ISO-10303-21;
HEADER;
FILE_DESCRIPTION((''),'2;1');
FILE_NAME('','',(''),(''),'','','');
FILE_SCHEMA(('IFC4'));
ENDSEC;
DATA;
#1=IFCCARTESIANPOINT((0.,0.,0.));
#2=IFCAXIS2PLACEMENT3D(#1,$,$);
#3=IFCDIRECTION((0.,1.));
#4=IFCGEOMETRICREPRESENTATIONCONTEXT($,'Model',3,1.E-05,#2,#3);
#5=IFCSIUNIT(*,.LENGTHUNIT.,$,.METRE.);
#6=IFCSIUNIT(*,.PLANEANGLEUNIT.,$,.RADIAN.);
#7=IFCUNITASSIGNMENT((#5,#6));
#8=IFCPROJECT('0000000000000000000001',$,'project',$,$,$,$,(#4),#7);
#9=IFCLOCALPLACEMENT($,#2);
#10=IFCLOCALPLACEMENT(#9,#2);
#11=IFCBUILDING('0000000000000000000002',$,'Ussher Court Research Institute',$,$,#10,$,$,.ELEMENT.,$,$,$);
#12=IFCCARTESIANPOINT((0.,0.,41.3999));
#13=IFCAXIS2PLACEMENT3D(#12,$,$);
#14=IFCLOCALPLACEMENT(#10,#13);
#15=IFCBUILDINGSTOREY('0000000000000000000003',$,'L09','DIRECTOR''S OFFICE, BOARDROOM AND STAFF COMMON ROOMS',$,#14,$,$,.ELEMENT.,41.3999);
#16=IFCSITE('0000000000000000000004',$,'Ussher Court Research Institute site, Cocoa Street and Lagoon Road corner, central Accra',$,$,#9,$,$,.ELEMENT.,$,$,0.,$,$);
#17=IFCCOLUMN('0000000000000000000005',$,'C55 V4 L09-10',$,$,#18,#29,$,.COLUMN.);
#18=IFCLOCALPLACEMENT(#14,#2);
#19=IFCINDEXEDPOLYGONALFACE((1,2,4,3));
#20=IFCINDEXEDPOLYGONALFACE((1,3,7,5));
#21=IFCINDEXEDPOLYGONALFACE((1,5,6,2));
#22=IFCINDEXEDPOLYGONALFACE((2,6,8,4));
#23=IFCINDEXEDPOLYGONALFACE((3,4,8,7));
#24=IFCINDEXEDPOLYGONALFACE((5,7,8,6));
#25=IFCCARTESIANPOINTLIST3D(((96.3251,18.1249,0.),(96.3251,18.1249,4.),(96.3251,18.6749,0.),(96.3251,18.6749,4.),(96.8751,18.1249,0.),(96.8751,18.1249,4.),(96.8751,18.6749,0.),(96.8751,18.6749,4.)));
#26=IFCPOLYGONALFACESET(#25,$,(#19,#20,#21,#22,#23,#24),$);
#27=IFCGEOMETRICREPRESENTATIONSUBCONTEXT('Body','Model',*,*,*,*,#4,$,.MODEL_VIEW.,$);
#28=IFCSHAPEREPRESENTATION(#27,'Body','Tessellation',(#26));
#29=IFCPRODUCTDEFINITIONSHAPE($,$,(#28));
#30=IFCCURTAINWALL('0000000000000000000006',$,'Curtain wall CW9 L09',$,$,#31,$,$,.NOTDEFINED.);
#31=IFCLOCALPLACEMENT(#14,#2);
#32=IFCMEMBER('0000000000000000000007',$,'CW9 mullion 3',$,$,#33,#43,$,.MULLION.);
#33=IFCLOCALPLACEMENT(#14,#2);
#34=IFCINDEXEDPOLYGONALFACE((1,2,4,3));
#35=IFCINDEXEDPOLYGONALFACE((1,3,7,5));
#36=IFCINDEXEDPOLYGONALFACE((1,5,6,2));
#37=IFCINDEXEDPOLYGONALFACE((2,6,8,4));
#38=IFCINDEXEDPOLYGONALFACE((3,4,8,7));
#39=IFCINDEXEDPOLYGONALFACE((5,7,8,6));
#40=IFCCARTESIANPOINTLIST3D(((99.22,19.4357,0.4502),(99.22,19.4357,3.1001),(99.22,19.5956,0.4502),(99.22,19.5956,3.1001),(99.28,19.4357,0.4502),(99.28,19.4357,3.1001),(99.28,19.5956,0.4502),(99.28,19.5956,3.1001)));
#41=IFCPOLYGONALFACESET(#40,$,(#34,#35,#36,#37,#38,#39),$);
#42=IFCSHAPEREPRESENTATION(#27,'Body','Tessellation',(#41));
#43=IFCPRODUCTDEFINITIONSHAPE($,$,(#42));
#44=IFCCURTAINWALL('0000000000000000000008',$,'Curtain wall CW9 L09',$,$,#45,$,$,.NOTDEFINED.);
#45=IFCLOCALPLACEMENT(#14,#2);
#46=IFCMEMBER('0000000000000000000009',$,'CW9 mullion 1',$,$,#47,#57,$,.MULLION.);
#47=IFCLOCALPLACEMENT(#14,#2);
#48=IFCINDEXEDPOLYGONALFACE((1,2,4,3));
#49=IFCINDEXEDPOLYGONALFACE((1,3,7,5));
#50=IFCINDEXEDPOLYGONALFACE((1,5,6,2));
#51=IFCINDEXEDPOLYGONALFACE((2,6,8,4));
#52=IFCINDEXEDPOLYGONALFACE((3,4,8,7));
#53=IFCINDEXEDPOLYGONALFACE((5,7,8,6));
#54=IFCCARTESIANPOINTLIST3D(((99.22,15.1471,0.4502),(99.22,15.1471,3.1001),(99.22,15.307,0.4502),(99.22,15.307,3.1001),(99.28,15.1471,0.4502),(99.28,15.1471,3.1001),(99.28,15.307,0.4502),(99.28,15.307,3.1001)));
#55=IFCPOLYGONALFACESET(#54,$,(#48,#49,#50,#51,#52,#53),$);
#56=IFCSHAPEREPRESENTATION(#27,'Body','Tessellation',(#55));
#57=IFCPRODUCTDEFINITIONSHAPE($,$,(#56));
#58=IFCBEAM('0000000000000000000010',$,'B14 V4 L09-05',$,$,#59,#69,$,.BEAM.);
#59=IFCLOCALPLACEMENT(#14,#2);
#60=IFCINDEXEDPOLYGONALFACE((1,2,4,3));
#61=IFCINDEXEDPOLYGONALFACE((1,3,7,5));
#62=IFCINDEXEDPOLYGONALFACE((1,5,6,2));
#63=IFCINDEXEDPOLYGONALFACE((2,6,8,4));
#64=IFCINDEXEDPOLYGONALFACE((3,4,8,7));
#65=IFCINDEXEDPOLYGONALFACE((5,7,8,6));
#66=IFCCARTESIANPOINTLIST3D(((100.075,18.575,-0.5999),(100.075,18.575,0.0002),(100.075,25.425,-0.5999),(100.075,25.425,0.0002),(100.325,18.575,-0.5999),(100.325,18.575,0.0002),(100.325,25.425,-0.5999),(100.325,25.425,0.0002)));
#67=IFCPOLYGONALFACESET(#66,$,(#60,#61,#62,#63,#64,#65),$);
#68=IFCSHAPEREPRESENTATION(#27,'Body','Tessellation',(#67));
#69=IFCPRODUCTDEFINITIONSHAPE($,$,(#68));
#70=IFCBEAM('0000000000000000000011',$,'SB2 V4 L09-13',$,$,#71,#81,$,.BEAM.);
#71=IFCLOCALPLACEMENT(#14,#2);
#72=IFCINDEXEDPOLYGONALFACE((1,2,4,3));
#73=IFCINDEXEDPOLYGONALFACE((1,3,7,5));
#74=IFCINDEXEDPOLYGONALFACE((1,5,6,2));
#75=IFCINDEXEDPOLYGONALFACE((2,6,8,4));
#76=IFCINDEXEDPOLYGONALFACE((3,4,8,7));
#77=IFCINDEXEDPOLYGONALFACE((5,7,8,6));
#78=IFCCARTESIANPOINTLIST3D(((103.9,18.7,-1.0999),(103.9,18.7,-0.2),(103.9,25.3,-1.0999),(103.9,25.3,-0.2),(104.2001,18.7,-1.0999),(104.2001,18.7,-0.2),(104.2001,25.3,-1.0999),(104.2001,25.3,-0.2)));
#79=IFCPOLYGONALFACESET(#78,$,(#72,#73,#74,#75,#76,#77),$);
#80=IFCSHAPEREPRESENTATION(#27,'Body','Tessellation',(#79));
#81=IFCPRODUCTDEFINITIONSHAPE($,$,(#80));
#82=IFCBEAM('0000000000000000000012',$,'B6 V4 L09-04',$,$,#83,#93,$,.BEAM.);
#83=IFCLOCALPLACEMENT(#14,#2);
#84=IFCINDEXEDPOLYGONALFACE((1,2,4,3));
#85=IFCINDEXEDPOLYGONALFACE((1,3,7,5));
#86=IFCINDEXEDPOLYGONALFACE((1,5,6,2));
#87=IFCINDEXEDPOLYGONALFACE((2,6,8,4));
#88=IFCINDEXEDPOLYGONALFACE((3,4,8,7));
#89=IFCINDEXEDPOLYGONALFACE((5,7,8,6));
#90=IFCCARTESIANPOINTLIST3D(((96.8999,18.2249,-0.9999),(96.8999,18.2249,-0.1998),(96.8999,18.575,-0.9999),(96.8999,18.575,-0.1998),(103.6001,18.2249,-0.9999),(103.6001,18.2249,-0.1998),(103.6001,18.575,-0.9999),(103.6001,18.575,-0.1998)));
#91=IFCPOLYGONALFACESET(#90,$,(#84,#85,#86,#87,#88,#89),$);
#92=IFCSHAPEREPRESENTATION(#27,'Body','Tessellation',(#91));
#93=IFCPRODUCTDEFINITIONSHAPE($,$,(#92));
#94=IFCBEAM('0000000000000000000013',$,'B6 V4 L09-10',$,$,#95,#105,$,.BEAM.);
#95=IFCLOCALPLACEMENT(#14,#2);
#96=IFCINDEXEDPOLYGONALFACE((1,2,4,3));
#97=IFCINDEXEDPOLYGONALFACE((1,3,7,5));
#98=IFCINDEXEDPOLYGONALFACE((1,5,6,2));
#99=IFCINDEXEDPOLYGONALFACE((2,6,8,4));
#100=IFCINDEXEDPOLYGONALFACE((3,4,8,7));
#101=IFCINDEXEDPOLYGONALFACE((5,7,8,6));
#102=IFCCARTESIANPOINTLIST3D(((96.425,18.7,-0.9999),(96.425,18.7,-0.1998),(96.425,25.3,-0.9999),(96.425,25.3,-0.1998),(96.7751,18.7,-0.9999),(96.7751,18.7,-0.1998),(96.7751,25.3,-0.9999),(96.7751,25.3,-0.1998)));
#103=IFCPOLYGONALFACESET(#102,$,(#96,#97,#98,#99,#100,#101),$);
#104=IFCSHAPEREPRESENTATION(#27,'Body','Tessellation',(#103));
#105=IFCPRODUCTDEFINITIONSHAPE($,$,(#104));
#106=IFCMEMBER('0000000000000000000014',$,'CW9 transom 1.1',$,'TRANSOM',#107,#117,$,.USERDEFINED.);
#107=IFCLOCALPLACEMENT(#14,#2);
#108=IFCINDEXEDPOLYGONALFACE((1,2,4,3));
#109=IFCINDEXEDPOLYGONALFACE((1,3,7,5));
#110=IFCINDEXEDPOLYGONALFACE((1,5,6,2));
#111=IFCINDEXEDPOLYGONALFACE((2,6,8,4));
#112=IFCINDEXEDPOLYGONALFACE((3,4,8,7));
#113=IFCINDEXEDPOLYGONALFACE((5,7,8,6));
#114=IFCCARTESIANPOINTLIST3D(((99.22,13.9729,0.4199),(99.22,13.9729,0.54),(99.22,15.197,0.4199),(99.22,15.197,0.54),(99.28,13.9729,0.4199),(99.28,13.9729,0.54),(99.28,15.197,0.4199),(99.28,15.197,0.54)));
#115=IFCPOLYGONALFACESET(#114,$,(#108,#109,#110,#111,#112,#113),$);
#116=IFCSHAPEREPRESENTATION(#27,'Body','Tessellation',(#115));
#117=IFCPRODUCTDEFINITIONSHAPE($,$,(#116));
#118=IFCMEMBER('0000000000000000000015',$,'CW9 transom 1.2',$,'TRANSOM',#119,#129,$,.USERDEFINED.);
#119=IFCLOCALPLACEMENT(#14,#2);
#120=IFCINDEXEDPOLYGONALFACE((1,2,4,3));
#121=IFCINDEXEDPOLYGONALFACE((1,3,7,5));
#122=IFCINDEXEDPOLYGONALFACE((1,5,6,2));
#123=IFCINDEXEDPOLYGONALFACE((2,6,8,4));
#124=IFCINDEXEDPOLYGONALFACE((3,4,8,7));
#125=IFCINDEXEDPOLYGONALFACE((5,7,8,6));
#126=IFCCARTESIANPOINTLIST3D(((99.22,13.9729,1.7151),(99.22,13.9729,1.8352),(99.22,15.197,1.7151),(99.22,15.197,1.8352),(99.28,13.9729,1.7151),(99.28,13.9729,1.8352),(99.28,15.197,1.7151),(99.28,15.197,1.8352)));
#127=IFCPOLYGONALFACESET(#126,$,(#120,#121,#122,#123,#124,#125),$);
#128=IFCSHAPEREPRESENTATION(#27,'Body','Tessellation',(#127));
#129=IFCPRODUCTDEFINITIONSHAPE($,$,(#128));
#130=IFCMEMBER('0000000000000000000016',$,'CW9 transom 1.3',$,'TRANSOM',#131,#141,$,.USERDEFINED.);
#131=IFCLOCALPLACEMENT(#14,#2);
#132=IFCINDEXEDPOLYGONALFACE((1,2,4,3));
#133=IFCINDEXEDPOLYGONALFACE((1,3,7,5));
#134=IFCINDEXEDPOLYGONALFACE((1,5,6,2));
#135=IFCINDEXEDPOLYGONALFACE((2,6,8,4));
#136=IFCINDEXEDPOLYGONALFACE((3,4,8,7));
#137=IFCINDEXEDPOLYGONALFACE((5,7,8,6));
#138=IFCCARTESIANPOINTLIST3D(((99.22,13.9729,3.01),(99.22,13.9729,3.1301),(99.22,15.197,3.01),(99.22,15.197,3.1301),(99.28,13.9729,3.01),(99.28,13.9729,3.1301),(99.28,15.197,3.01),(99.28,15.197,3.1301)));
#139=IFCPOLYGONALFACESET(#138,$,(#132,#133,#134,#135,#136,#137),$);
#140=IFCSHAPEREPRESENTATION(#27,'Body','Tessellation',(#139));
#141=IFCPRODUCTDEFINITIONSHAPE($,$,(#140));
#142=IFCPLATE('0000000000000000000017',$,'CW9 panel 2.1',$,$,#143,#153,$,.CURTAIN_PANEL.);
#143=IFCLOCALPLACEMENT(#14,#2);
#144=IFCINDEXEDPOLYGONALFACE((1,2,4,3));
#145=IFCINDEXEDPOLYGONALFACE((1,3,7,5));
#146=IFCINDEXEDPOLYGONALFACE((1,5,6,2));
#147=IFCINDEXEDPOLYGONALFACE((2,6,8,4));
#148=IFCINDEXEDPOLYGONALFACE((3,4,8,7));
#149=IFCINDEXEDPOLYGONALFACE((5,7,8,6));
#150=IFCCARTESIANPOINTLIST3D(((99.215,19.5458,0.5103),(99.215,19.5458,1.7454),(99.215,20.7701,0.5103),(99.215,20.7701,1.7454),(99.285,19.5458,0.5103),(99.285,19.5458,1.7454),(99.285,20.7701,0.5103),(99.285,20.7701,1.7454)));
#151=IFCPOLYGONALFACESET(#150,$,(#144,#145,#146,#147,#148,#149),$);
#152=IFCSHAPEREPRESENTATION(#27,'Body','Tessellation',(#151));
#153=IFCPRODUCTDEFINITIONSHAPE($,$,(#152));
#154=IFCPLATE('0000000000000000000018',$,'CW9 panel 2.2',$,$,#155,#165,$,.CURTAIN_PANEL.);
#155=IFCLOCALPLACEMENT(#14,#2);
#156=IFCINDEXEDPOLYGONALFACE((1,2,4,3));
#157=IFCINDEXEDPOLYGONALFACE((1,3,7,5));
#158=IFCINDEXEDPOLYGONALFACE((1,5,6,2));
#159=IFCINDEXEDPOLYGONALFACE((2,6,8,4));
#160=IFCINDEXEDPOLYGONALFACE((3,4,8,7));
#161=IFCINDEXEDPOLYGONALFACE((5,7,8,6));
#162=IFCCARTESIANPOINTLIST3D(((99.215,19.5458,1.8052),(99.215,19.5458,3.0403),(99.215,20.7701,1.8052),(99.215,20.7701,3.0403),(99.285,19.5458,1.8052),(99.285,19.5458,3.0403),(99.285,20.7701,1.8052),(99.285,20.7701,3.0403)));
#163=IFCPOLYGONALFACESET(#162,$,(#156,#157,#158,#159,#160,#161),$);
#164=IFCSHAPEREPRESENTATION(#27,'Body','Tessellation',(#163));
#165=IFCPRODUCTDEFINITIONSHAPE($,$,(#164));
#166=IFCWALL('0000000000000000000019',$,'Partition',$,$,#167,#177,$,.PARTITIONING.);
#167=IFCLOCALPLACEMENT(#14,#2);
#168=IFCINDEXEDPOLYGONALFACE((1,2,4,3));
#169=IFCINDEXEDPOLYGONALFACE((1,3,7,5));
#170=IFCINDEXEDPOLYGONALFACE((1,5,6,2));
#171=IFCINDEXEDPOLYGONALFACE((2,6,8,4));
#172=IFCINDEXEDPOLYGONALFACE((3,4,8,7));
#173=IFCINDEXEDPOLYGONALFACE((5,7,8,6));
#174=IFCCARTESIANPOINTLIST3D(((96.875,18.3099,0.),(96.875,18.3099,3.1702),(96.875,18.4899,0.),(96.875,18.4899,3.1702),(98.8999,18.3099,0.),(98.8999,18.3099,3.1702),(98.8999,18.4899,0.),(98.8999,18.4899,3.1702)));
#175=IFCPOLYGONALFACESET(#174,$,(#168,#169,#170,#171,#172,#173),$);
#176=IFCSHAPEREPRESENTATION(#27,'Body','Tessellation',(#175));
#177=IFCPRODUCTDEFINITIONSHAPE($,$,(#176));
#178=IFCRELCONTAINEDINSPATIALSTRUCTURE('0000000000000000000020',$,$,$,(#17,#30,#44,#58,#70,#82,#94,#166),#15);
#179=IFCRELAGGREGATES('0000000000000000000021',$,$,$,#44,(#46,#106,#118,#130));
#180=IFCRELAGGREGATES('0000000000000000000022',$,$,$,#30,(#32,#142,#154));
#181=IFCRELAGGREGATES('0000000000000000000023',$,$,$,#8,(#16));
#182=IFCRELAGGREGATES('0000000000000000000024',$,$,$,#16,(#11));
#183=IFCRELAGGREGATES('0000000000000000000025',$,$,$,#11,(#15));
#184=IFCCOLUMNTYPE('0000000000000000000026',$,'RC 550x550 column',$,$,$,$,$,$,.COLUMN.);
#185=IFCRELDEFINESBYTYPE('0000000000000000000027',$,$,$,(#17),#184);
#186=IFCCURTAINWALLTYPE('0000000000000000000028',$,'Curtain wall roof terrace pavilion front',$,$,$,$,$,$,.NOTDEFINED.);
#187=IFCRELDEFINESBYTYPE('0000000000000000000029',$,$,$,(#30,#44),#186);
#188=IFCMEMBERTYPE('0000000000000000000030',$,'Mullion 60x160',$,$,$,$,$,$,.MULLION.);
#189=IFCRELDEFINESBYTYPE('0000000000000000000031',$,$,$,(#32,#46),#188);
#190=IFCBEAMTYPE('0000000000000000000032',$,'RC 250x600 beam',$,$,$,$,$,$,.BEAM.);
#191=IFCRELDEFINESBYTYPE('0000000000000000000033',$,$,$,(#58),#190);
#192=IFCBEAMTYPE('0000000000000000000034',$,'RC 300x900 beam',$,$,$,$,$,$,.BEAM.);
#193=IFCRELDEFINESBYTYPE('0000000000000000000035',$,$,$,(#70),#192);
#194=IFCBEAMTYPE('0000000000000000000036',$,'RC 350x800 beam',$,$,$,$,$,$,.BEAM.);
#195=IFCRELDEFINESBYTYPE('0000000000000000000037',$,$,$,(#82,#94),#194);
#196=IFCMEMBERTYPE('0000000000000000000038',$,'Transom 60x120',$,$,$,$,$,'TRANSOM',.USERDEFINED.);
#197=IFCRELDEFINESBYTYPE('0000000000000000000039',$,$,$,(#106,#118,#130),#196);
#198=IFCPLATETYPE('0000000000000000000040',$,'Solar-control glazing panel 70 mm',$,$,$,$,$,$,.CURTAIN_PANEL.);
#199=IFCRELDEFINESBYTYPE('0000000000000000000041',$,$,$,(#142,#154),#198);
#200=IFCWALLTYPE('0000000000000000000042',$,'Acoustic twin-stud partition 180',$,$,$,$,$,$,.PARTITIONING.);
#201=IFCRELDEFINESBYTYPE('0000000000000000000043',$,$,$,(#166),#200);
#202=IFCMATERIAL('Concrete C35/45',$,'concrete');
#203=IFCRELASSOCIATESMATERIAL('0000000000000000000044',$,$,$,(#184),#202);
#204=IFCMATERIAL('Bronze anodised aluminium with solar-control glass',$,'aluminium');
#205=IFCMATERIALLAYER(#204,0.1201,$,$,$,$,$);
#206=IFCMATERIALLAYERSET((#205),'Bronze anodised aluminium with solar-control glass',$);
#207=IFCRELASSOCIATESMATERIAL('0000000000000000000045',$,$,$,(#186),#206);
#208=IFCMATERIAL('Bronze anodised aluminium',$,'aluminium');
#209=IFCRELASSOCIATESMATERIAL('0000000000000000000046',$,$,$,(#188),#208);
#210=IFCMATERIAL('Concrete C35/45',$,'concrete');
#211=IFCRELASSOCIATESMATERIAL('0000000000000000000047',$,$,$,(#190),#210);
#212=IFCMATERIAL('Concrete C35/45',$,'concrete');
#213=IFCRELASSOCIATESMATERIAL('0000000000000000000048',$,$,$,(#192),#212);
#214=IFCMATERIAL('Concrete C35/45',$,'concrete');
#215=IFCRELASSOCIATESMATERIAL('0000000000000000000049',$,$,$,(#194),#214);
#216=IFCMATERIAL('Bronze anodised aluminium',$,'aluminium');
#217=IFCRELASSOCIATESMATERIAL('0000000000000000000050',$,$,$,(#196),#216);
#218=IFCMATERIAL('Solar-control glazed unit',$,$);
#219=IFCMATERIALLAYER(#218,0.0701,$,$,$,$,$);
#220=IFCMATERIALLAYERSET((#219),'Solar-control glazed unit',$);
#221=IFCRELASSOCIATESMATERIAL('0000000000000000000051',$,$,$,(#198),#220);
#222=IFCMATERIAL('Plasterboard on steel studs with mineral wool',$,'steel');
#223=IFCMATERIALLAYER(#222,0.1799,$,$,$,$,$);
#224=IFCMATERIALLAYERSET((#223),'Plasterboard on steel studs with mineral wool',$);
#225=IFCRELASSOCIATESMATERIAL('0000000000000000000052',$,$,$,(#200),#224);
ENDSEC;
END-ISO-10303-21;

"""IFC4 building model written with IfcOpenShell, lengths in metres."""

from ifc_helpers import new_model, si_unit, direction, frame, frame_2d, origin, origin_2d, place, context, subcontext, project, spatial, rectangle, extrude, material, layer, layer_set, material_profile, profile_set, type_object, element, aggregate, save


model = new_model("IFC4")

# Units and contexts
model_context = context("Model", 3, precision=1e-05, world=origin(), true_north=direction((0.0, 1.0)))
body_context = subcontext(model_context, "Body", "Model", "MODEL_VIEW")
ifc_project = project(units=[si_unit("LENGTHUNIT", "METRE"), si_unit("PLANEANGLEUNIT", "RADIAN")], contexts=[model_context])

# Site, building, storey
site_placement = place(None, origin())
site = spatial("IfcSite", under=ifc_project, at=site_placement, Name="Ussher Court Research Institute site, Cocoa Street and Lagoon Road corner, central Accra", CompositionType="ELEMENT", RefElevation=0.0)
building_placement = place(site_placement, origin())
building = spatial("IfcBuilding", under=site, at=building_placement, Name="Ussher Court Research Institute", CompositionType="ELEMENT")
storey_placement = place(building_placement, frame((0.0, 0.0, 41.3999)))
storey = spatial("IfcBuildingStorey", under=building, at=storey_placement, Name="L09", Description="DIRECTOR'S OFFICE, BOARDROOM AND STAFF COMMON ROOMS", CompositionType="ELEMENT", Elevation=41.3999)

# Column
ifc_material_1 = material(Name="Concrete C35/45", Category="concrete")
ifc_material_profile_1 = material_profile(ifc_material_1, rectangle(XDim=0.55, YDim=0.55, at=origin_2d()), Name="RC 550x550")
ifc_profile_set_1 = profile_set([ifc_material_profile_1], Name="Concrete C35/45")
column_type = type_object("IfcColumnType", Name="RC 550x550 column", PredefinedType="COLUMN", material=ifc_profile_set_1)
column_placement = place(storey_placement, frame((96.6001, 18.3999, 0.0), z_axis=(0.0, 0.0, 1.0), x_axis=(1.0, 0.0, 0.0)))
element("IfcColumn", 1, at=column_placement, inside=storey, type_object=column_type, Name="C55 V4 L09-10", PredefinedType="COLUMN", context=body_context, shape_type="SweptSolid", body=[
    extrude(rectangle(XDim=0.55, YDim=0.55, at=origin_2d()), origin(), (0.0, 0.0, 1.0), 4.0),
])

# Curtain walls, members
ifc_material_2 = material(Name="Bronze anodised aluminium with solar-control glass", Category="aluminium")
ifc_layer_1 = layer(ifc_material_2, 0.1201)
ifc_layer_set_1 = layer_set([ifc_layer_1], Name="Bronze anodised aluminium with solar-control glass")
curtain_wall_type = type_object("IfcCurtainWallType", Name="Curtain wall roof terrace pavilion front", PredefinedType="NOTDEFINED", material=ifc_layer_set_1)
curtain_wall_1_placement = place(storey_placement, origin())
curtain_wall_1 = element("IfcCurtainWall", 2, at=curtain_wall_1_placement, inside=storey, type_object=curtain_wall_type, Name="Curtain wall CW9 L09", PredefinedType="NOTDEFINED")
ifc_material_3 = material(Name="Bronze anodised aluminium", Category="aluminium")
ifc_material_profile_2 = material_profile(ifc_material_3, rectangle(XDim=0.0601, YDim=0.1599, at=origin_2d()), Name="Mullion 60x160")
ifc_profile_set_2 = profile_set([ifc_material_profile_2], Name="Bronze anodised aluminium")
member_type_1 = type_object("IfcMemberType", Name="Mullion 60x160", PredefinedType="MULLION", material=ifc_profile_set_2)
member_1_placement = place(storey_placement, frame((99.25, 19.5156, 0.4502), z_axis=(0.0, 0.0, 1.0), x_axis=(1.0, 0.0, 0.0)))
member_1 = element("IfcMember", 3, at=member_1_placement, type_object=member_type_1, Name="CW9 mullion 3", PredefinedType="MULLION", context=body_context, shape_type="SweptSolid", body=[
    extrude(rectangle(XDim=0.0601, YDim=0.1599, at=origin_2d()), origin(), (0.0, 0.0, 1.0), 2.6499),
])
curtain_wall_2_placement = place(storey_placement, origin())
curtain_wall_2 = element("IfcCurtainWall", 4, at=curtain_wall_2_placement, inside=storey, type_object=curtain_wall_type, Name="Curtain wall CW9 L09", PredefinedType="NOTDEFINED")
member_2_placement = place(storey_placement, frame((99.25, 15.2271, 0.4502), z_axis=(0.0, 0.0, 1.0), x_axis=(1.0, 0.0, 0.0)))
member_2 = element("IfcMember", 5, at=member_2_placement, type_object=member_type_1, Name="CW9 mullion 1", PredefinedType="MULLION", context=body_context, shape_type="SweptSolid", body=[
    extrude(rectangle(XDim=0.0601, YDim=0.1599, at=origin_2d()), origin(), (0.0, 0.0, 1.0), 2.6499),
])

# Beams
ifc_material_4 = material(Name="Concrete C35/45", Category="concrete")
ifc_material_profile_3 = material_profile(ifc_material_4, rectangle(XDim=0.25, YDim=0.6001, at=origin_2d()), Name="RC 250x600")
ifc_profile_set_3 = profile_set([ifc_material_profile_3], Name="Concrete C35/45")
beam_type_1 = type_object("IfcBeamType", Name="RC 250x600 beam", PredefinedType="BEAM", material=ifc_profile_set_3)
beam_1_placement = place(storey_placement, frame((100.2, 18.575, -0.2998), z_axis=(0.0, 1.0, 0.0), x_axis=(-1.0, 0.0, 0.0)))
element("IfcBeam", 6, at=beam_1_placement, inside=storey, type_object=beam_type_1, Name="B14 V4 L09-05", PredefinedType="BEAM", context=body_context, shape_type="SweptSolid", body=[
    extrude(rectangle(XDim=0.25, YDim=0.6001, at=origin_2d()), origin(), (0.0, 0.0, 1.0), 6.8501),
])
ifc_material_5 = material(Name="Concrete C35/45", Category="concrete")
ifc_material_profile_4 = material_profile(ifc_material_5, rectangle(XDim=0.3, YDim=0.8999, at=origin_2d()), Name="RC 300x900")
ifc_profile_set_4 = profile_set([ifc_material_profile_4], Name="Concrete C35/45")
beam_type_2 = type_object("IfcBeamType", Name="RC 300x900 beam", PredefinedType="BEAM", material=ifc_profile_set_4)
beam_2_placement = place(storey_placement, frame((104.05, 18.7, -0.6499), z_axis=(0.0, 1.0, 0.0), x_axis=(-1.0, 0.0, 0.0)))
element("IfcBeam", 7, at=beam_2_placement, inside=storey, type_object=beam_type_2, Name="SB2 V4 L09-13", PredefinedType="BEAM", context=body_context, shape_type="SweptSolid", body=[
    extrude(rectangle(XDim=0.3, YDim=0.8999, at=origin_2d()), origin(), (0.0, 0.0, 1.0), 6.6001),
])
ifc_material_6 = material(Name="Concrete C35/45", Category="concrete")
ifc_material_profile_5 = material_profile(ifc_material_6, rectangle(XDim=0.3501, YDim=0.8, at=origin_2d()), Name="RC 350x800")
ifc_profile_set_5 = profile_set([ifc_material_profile_5], Name="Concrete C35/45")
beam_type_3 = type_object("IfcBeamType", Name="RC 350x800 beam", PredefinedType="BEAM", material=ifc_profile_set_5)
beam_3_placement = place(storey_placement, frame((96.8999, 18.3999, -0.5999), z_axis=(1.0, 0.0, 0.0), x_axis=(0.0, 1.0, 0.0)))
element("IfcBeam", 8, at=beam_3_placement, inside=storey, type_object=beam_type_3, Name="B6 V4 L09-04", PredefinedType="BEAM", context=body_context, shape_type="SweptSolid", body=[
    extrude(rectangle(XDim=0.3501, YDim=0.8, at=origin_2d()), origin(), (0.0, 0.0, 1.0), 6.7002),
])
beam_4_placement = place(storey_placement, frame((96.6001, 18.7, -0.5999), z_axis=(0.0, 1.0, 0.0), x_axis=(-1.0, 0.0, 0.0)))
element("IfcBeam", 9, at=beam_4_placement, inside=storey, type_object=beam_type_3, Name="B6 V4 L09-10", PredefinedType="BEAM", context=body_context, shape_type="SweptSolid", body=[
    extrude(rectangle(XDim=0.3501, YDim=0.8, at=origin_2d()), origin(), (0.0, 0.0, 1.0), 6.6001),
])

# Members
ifc_material_7 = material(Name="Bronze anodised aluminium", Category="aluminium")
ifc_material_profile_6 = material_profile(ifc_material_7, rectangle(XDim=0.0601, YDim=0.1201, at=origin_2d()), Name="Transom 60x120")
ifc_profile_set_6 = profile_set([ifc_material_profile_6], Name="Bronze anodised aluminium")
member_type_2 = type_object("IfcMemberType", Name="Transom 60x120", ElementType="TRANSOM", PredefinedType="USERDEFINED", material=ifc_profile_set_6)
member_3_placement = place(storey_placement, frame((99.25, 15.197, 0.48), z_axis=(0.0, -1.0, 0.0), x_axis=(1.0, 0.0, 0.0)))
member_3 = element("IfcMember", 10, at=member_3_placement, type_object=member_type_2, Name="CW9 transom 1.1", ObjectType="TRANSOM", PredefinedType="USERDEFINED", context=body_context, shape_type="SweptSolid", body=[
    extrude(rectangle(XDim=0.0601, YDim=0.1201, at=origin_2d()), origin(), (0.0, 0.0, 1.0), 1.2241),
])
member_4_placement = place(storey_placement, frame((99.25, 15.197, 1.7751), z_axis=(0.0, -1.0, 0.0), x_axis=(1.0, 0.0, 0.0)))
member_4 = element("IfcMember", 11, at=member_4_placement, type_object=member_type_2, Name="CW9 transom 1.2", ObjectType="TRANSOM", PredefinedType="USERDEFINED", context=body_context, shape_type="SweptSolid", body=[
    extrude(rectangle(XDim=0.0601, YDim=0.1201, at=origin_2d()), origin(), (0.0, 0.0, 1.0), 1.2241),
])
member_5_placement = place(storey_placement, frame((99.25, 15.197, 3.0701), z_axis=(0.0, -1.0, 0.0), x_axis=(1.0, 0.0, 0.0)))
member_5 = element("IfcMember", 12, at=member_5_placement, type_object=member_type_2, Name="CW9 transom 1.3", ObjectType="TRANSOM", PredefinedType="USERDEFINED", context=body_context, shape_type="SweptSolid", body=[
    extrude(rectangle(XDim=0.0601, YDim=0.1201, at=origin_2d()), origin(), (0.0, 0.0, 1.0), 1.2241),
])
aggregate(curtain_wall_2, [member_2, member_3, member_4, member_5])

# Plates
ifc_material_8 = material(Name="Solar-control glazed unit")
ifc_layer_2 = layer(ifc_material_8, 0.0701)
ifc_layer_set_2 = layer_set([ifc_layer_2], Name="Solar-control glazed unit")
plate_type = type_object("IfcPlateType", Name="Solar-control glazing panel 70 mm", PredefinedType="CURTAIN_PANEL", material=ifc_layer_set_2)
plate_1_placement = place(storey_placement, frame((99.25, 20.158, 0.5103), z_axis=(0.0, 0.0, 1.0), x_axis=(0.0, -1.0, 0.0)))
plate_1 = element("IfcPlate", 13, at=plate_1_placement, type_object=plate_type, Name="CW9 panel 2.1", PredefinedType="CURTAIN_PANEL", context=body_context, shape_type="SweptSolid", body=[
    extrude(rectangle(XDim=1.2244, YDim=0.0701, at=origin_2d()), origin(), (0.0, 0.0, 1.0), 1.2351),
])
plate_2_placement = place(storey_placement, frame((99.25, 20.158, 1.8052), z_axis=(0.0, 0.0, 1.0), x_axis=(0.0, -1.0, 0.0)))
plate_2 = element("IfcPlate", 14, at=plate_2_placement, type_object=plate_type, Name="CW9 panel 2.2", PredefinedType="CURTAIN_PANEL", context=body_context, shape_type="SweptSolid", body=[
    extrude(rectangle(XDim=1.2244, YDim=0.0701, at=origin_2d()), origin(), (0.0, 0.0, 1.0), 1.2351),
])
aggregate(curtain_wall_1, [member_1, plate_1, plate_2])

# Wall
ifc_material_9 = material(Name="Plasterboard on steel studs with mineral wool", Category="steel")
ifc_layer_3 = layer(ifc_material_9, 0.1799)
ifc_layer_set_3 = layer_set([ifc_layer_3], Name="Plasterboard on steel studs with mineral wool")
wall_type_1 = type_object("IfcWallType", Name="Acoustic twin-stud partition 180", PredefinedType="PARTITIONING", material=ifc_layer_set_3)
wall_1_placement = place(storey_placement, frame((96.875, 18.3999, 0.0), z_axis=(0.0, 0.0, 1.0), x_axis=(1.0, 0.0, 0.0)))
element("IfcWall", 15, at=wall_1_placement, inside=storey, type_object=wall_type_1, Name="Partition", PredefinedType="PARTITIONING", context=body_context, shape_type="SweptSolid", body=[
    extrude(rectangle(XDim=2.0249, YDim=0.1799, at=frame_2d((1.0125, 0.0))), origin(), (0.0, 0.0, 1.0), 3.1702),
])

save(model, "model.ifc")
